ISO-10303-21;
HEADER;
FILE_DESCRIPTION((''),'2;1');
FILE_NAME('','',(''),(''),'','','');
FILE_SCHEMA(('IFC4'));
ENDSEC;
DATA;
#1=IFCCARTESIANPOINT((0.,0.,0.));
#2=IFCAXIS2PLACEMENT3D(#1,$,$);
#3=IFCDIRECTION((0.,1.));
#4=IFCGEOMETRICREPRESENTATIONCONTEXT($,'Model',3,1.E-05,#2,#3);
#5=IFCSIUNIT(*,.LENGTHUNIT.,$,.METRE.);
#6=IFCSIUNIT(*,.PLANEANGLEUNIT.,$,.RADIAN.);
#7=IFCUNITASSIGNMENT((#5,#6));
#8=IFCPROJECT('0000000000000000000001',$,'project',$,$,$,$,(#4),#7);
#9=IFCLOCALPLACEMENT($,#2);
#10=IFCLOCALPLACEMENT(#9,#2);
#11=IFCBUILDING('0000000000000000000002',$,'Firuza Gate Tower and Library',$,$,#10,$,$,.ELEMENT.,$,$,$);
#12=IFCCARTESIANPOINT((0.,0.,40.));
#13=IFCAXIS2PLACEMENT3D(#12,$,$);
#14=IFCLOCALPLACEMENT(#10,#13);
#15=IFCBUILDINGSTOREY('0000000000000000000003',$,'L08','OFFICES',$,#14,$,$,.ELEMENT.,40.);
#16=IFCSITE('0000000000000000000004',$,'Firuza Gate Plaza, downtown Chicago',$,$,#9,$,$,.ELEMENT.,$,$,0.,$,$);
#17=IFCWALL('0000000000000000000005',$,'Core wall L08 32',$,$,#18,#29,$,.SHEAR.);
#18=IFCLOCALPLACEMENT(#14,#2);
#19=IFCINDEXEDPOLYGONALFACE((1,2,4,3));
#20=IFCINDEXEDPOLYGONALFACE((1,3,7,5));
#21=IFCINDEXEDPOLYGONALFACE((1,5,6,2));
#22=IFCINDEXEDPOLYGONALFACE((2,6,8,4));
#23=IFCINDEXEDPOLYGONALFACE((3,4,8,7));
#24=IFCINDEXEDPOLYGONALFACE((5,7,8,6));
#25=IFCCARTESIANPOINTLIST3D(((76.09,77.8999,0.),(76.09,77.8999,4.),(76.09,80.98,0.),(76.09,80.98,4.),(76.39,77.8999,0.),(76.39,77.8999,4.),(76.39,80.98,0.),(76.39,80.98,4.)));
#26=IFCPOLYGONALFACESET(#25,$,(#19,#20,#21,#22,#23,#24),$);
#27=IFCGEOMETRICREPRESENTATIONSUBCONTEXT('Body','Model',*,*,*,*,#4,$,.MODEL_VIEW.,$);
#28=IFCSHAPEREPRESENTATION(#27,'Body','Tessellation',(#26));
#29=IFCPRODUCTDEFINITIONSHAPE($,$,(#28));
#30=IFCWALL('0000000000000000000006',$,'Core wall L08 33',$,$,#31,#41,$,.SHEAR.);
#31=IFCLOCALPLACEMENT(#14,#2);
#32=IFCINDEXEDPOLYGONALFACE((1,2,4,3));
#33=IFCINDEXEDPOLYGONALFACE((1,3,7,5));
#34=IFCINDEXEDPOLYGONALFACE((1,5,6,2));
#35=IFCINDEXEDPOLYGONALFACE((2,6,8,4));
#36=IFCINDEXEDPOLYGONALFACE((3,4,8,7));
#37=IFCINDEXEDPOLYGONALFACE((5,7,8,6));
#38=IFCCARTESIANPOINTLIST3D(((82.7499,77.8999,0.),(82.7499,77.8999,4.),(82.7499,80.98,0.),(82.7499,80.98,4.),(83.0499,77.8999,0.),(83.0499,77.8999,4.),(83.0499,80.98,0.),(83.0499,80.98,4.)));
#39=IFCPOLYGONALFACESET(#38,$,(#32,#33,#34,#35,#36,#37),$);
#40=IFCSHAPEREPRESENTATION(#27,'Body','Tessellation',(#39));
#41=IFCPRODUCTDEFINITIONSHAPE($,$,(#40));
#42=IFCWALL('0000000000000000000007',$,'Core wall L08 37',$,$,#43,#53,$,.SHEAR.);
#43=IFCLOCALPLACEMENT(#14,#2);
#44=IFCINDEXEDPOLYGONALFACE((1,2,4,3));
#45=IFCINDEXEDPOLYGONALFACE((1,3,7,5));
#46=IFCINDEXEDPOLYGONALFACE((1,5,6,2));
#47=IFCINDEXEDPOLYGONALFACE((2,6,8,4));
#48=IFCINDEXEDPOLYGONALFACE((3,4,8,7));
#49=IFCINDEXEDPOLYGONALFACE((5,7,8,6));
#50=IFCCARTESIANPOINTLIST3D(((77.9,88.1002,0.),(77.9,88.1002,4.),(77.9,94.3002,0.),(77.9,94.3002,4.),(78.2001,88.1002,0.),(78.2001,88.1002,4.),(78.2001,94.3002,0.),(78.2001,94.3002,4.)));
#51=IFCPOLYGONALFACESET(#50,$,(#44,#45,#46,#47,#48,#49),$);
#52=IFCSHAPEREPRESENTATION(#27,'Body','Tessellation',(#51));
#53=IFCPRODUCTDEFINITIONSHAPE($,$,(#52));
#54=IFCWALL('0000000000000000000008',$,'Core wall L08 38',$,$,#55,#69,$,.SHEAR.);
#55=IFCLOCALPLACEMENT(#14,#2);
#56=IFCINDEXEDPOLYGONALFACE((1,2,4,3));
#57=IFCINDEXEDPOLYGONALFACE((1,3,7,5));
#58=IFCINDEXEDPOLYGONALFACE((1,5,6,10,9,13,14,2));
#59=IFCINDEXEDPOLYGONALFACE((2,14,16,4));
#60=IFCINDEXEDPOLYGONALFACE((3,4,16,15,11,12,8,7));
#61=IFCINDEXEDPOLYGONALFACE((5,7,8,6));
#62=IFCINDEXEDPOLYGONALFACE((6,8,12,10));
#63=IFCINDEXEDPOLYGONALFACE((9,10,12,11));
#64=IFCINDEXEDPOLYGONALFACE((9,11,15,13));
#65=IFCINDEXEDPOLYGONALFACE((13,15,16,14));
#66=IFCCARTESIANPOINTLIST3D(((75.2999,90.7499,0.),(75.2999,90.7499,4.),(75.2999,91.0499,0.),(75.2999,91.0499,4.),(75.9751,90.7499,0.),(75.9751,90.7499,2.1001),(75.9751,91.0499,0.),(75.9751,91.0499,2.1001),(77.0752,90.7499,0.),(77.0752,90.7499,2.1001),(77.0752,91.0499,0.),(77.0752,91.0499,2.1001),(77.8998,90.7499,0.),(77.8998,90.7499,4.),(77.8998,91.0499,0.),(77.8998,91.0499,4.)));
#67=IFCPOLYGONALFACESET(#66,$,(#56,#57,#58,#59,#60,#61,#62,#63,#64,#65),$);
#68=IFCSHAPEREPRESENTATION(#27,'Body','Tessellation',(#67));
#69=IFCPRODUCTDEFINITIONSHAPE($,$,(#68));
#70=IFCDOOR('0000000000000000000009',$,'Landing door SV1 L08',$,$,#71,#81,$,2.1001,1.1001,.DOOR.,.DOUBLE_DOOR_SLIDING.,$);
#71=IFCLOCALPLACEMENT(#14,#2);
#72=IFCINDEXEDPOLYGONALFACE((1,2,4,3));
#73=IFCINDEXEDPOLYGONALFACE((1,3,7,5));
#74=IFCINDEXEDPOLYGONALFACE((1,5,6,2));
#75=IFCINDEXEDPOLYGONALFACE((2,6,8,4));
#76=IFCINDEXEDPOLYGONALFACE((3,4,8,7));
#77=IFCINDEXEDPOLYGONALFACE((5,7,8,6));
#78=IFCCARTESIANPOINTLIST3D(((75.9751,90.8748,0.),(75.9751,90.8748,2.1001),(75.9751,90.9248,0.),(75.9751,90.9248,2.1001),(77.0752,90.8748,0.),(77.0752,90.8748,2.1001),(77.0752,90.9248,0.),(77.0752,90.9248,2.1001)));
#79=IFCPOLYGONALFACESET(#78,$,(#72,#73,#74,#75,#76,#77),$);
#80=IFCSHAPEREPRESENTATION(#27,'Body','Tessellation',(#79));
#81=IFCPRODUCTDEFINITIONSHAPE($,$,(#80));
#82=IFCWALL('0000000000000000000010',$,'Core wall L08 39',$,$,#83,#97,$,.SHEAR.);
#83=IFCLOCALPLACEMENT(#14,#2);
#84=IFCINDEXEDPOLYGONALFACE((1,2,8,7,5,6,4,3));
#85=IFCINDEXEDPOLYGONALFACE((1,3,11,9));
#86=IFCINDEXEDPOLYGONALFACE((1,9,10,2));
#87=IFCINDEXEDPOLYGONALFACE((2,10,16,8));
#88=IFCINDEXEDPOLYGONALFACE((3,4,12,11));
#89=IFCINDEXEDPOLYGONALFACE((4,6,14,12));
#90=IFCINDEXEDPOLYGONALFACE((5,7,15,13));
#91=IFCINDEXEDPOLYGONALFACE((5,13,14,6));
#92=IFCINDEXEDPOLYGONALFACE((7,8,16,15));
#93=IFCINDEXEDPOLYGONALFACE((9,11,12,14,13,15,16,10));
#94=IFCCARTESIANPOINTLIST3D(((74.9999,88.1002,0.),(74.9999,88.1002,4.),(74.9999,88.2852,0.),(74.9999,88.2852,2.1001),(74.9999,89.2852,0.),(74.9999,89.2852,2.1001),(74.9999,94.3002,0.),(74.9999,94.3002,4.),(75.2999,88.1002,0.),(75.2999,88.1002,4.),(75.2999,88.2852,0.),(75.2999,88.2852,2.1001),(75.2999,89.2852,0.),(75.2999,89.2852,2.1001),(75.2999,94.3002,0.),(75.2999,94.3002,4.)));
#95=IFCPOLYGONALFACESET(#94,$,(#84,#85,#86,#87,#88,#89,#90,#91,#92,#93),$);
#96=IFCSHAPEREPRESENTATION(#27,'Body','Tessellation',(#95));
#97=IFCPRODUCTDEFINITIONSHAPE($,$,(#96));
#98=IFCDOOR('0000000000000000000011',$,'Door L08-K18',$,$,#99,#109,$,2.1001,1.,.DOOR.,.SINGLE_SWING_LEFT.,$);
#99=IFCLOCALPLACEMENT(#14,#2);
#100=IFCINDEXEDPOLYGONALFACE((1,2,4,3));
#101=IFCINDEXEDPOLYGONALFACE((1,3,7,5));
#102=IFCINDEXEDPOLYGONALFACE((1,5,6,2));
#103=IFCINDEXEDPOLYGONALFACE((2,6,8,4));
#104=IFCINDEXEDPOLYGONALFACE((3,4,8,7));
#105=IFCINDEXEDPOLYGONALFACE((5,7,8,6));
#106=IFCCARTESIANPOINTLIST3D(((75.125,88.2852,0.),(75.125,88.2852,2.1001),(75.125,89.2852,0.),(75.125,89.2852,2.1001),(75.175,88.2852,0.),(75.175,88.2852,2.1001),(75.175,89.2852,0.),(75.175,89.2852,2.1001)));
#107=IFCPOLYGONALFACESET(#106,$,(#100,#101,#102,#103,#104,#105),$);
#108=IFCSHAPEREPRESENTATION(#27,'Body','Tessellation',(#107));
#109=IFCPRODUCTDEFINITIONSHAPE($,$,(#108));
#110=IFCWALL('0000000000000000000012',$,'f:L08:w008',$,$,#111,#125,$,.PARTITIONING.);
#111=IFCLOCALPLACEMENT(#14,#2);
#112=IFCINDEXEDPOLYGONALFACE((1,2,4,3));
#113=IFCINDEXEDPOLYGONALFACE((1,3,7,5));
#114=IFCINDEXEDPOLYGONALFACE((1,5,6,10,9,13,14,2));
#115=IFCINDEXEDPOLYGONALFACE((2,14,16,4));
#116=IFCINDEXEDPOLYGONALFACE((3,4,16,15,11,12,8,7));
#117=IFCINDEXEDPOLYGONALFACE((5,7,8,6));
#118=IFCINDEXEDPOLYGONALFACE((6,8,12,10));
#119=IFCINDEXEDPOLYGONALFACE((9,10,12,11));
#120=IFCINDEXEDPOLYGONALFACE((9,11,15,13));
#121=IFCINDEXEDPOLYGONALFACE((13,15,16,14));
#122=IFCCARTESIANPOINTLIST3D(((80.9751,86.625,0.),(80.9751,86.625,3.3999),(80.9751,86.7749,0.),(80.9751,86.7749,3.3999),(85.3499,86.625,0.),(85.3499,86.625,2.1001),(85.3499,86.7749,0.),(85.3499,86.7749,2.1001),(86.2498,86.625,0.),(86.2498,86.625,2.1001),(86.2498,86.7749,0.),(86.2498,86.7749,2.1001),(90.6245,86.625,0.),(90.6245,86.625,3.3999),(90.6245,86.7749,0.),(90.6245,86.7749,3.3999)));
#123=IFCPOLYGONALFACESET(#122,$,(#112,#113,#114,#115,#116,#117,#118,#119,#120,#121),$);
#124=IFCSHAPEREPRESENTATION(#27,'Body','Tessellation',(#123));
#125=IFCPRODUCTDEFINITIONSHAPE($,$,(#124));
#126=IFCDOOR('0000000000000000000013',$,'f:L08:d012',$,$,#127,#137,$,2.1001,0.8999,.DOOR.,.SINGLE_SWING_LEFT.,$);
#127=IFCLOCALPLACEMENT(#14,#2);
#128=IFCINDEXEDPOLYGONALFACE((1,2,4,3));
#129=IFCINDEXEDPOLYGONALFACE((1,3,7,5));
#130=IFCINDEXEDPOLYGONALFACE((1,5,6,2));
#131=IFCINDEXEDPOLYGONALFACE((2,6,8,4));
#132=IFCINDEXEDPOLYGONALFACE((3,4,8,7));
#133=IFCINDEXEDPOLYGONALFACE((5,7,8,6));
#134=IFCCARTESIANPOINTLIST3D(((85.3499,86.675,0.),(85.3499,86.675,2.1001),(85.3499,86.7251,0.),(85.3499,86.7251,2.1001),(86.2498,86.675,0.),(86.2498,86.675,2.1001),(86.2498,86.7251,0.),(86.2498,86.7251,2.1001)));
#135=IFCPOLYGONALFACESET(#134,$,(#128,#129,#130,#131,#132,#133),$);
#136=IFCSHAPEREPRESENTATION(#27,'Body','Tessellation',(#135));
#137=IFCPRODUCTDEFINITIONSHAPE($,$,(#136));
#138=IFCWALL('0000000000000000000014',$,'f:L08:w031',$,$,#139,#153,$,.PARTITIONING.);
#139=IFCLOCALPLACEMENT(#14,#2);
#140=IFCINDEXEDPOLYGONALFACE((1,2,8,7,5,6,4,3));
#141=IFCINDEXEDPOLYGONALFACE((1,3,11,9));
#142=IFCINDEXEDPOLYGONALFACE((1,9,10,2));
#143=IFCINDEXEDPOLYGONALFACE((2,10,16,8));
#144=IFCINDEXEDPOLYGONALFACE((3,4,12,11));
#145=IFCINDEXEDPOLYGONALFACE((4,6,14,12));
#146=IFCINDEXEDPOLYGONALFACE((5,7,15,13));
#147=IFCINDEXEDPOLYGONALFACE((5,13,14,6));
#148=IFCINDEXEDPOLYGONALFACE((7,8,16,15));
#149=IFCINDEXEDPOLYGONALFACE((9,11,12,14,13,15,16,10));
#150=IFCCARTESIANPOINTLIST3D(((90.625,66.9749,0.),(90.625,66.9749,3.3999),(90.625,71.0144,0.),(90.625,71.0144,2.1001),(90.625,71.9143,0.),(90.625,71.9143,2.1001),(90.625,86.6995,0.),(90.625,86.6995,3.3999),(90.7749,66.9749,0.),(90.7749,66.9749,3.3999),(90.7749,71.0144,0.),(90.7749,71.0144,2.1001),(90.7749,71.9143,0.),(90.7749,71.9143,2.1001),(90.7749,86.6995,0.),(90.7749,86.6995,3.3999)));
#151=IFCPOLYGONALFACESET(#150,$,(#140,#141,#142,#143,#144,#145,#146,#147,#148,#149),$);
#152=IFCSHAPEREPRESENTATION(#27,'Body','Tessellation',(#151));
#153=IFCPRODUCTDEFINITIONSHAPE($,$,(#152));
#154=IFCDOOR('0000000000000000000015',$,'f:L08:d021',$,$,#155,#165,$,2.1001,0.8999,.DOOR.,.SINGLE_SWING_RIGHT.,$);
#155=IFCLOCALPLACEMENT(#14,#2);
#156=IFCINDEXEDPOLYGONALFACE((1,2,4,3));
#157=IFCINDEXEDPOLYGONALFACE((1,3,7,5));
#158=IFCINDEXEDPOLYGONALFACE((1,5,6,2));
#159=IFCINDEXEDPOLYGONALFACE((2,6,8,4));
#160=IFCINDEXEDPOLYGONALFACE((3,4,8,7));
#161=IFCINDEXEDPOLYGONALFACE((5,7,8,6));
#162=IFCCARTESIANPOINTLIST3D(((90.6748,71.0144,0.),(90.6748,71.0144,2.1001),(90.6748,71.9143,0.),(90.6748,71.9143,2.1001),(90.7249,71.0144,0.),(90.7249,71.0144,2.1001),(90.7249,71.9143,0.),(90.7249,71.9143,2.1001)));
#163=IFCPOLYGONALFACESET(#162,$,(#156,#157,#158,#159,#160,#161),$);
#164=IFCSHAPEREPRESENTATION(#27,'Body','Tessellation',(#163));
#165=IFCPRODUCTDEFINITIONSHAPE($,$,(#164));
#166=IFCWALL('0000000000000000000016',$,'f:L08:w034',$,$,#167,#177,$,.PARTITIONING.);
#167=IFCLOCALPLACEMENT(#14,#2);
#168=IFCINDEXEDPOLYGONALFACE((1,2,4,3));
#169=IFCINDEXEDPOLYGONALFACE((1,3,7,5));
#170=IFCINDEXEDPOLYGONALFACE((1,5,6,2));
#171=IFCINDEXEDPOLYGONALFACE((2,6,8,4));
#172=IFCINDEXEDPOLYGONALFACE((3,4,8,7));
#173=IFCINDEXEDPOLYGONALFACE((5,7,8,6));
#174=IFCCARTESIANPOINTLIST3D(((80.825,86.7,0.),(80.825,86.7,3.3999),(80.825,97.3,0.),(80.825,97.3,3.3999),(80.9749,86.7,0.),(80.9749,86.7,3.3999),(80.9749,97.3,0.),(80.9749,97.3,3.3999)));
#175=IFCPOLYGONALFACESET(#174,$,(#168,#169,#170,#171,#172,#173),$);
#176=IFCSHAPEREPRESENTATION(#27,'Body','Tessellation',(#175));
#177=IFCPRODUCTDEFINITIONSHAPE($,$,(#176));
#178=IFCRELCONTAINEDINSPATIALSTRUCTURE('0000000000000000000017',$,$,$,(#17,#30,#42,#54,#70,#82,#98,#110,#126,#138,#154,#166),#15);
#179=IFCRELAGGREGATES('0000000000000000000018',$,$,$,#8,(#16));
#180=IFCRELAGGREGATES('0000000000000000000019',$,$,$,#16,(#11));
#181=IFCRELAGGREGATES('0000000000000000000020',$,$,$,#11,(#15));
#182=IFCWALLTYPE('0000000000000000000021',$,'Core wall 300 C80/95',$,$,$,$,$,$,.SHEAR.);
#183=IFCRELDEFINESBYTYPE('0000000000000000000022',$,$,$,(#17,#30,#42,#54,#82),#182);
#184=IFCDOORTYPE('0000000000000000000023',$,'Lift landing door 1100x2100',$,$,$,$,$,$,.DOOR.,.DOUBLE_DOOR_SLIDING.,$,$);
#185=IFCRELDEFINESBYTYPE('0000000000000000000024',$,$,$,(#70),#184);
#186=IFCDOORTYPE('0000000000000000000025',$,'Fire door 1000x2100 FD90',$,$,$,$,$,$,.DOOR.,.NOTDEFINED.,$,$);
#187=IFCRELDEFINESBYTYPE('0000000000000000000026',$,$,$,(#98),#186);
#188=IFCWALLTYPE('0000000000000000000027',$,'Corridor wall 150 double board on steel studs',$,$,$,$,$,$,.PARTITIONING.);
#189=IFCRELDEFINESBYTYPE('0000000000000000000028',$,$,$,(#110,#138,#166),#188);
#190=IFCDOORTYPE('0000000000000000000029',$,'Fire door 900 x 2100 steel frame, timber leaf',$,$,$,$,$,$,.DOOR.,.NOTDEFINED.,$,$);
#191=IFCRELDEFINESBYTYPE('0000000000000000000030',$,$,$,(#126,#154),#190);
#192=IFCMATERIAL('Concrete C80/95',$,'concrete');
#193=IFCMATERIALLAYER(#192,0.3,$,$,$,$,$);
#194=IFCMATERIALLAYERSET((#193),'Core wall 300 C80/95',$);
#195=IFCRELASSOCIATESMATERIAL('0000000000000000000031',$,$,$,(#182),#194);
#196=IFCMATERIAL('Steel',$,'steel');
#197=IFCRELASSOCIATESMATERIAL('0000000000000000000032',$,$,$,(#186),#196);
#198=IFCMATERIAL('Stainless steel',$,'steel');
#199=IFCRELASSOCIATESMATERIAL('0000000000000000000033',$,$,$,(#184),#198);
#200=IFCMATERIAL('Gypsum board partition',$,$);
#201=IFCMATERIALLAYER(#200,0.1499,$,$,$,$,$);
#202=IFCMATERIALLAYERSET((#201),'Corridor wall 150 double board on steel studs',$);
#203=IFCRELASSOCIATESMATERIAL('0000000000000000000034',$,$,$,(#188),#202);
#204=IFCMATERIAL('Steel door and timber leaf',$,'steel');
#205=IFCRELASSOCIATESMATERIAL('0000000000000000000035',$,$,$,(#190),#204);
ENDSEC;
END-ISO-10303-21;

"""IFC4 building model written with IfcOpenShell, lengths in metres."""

from ifc_helpers import new_model, si_unit, direction, frame, frame_2d, origin, place, context, subcontext, project, spatial, rectangle, extrude, material, layer, layer_set, type_object, element, fill, save


model = new_model("IFC4")

# Units and contexts
model_context = context("Model", 3, precision=1e-05, world=origin(), true_north=direction((0.0, 1.0)))
body_context = subcontext(model_context, "Body", "Model", "MODEL_VIEW")
ifc_project = project(units=[si_unit("LENGTHUNIT", "METRE"), si_unit("PLANEANGLEUNIT", "RADIAN")], contexts=[model_context])

# Site, building, storey
site_placement = place(None, origin())
site = spatial("IfcSite", under=ifc_project, at=site_placement, Name="Firuza Gate Plaza, downtown Chicago", CompositionType="ELEMENT", RefElevation=0.0)
building_placement = place(site_placement, origin())
building = spatial("IfcBuilding", under=site, at=building_placement, Name="Firuza Gate Tower and Library", CompositionType="ELEMENT")
storey_placement = place(building_placement, frame((0.0, 0.0, 40.0)))
storey = spatial("IfcBuildingStorey", under=building, at=storey_placement, Name="L08", Description="OFFICES", CompositionType="ELEMENT", Elevation=40.0)

# Shared definitions
ifc_material_1 = material(Name="Concrete C80/95", Category="concrete")
ifc_layer_1 = layer(ifc_material_1, 0.3)
ifc_layer_set_1 = layer_set([ifc_layer_1], Name="Core wall 300 C80/95")
wall_type_1 = type_object("IfcWallType", Name="Core wall 300 C80/95", PredefinedType="SHEAR", material=ifc_layer_set_1)

# Shared definitions
ifc_material_2 = material(Name="Steel", Category="steel")
door_type_1 = type_object("IfcDoorType", Name="Fire door 1000x2100 FD90", OperationType="NOTDEFINED", PredefinedType="DOOR", material=ifc_material_2)

# Walls
for number, where, z_axis, x_axis, name in (
    (1, (76.24, 77.8999, 0.0), (0.0, 0.0, 1.0), (0.0, 1.0, 0.0), "Core wall L08 32"),
    (2, (82.8999, 77.8999, 0.0), (0.0, 0.0, 1.0), (0.0, 1.0, 0.0), "Core wall L08 33"),
):
    element("IfcWall", number, at=place(storey_placement, frame(where, z_axis=z_axis, x_axis=x_axis)), inside=storey, type_object=wall_type_1, Name=name, PredefinedType="SHEAR", context=body_context, shape_type="SweptSolid", body=[
        extrude(rectangle(XDim=3.0801, YDim=0.3, at=frame_2d((1.54, 0.0))), origin(), (0.0, 0.0, 1.0), 4.0),
    ])
wall_1_placement = place(storey_placement, frame((78.05, 88.1001, 0.0), z_axis=(0.0, 0.0, 1.0), x_axis=(0.0, 1.0, 0.0)))
element("IfcWall", 3, at=wall_1_placement, inside=storey, type_object=wall_type_1, Name="Core wall L08 37", PredefinedType="SHEAR", context=body_context, shape_type="SweptSolid", body=[
    extrude(rectangle(XDim=6.2, YDim=0.3, at=frame_2d((3.1001, 0.0))), origin(), (0.0, 0.0, 1.0), 4.0),
])

# Walls, openings, doors
wall_2_placement = place(storey_placement, frame((75.3, 90.8999, 0.0), z_axis=(0.0, 0.0, 1.0), x_axis=(1.0, 0.0, 0.0)))
wall_2 = element("IfcWall", 4, at=wall_2_placement, inside=storey, type_object=wall_type_1, Name="Core wall L08 38", PredefinedType="SHEAR", context=body_context, shape_type="SweptSolid", body=[
    extrude(rectangle(XDim=2.5999, YDim=0.3, at=frame_2d((1.2998, 0.0))), origin(), (0.0, 0.0, 1.0), 4.0),
])
opening_1_placement = place(wall_2_placement, frame((0.675, 0.0, 0.0)))
opening_1 = element("IfcOpeningElement", 5, at=opening_1_placement, cuts=wall_2, PredefinedType="OPENING", context=body_context, shape_type="SweptSolid", body=[
    extrude(rectangle(XDim=1.1001, YDim=2.1001, at=frame_2d((0.55, 1.05))), frame((0.0, 0.1602, 0.0), z_axis=(0.0, -1.0, 0.0), x_axis=(1.0, 0.0, 0.0)), (0.0, 0.0, 1.0), 0.3201),
])
ifc_material_3 = material(Name="Stainless steel", Category="steel")
door_type_2 = type_object("IfcDoorType", Name="Lift landing door 1100x2100", OperationType="DOUBLE_DOOR_SLIDING", PredefinedType="DOOR", material=ifc_material_3)
door_1_placement = place(opening_1_placement, origin())
door_1 = element("IfcDoor", 6, at=door_1_placement, inside=storey, type_object=door_type_2, Name="Landing door SV1 L08", OperationType="DOUBLE_DOOR_SLIDING", OverallHeight=2.1001, OverallWidth=1.1001, PredefinedType="DOOR", context=body_context, shape_type="SweptSolid", body=[
    extrude(rectangle(XDim=1.1001, YDim=2.1001, at=frame_2d((0.55, 1.05))), frame((0.0, 0.0249, 0.0), z_axis=(0.0, -1.0, 0.0), x_axis=(1.0, 0.0, 0.0)), (0.0, 0.0, 1.0), 0.05),
])
fill(opening_1, door_1)
wall_3_placement = place(storey_placement, frame((75.1499, 88.1001, 0.0), z_axis=(0.0, 0.0, 1.0), x_axis=(0.0, 1.0, 0.0)))
wall_3 = element("IfcWall", 7, at=wall_3_placement, inside=storey, type_object=wall_type_1, Name="Core wall L08 39", PredefinedType="SHEAR", context=body_context, shape_type="SweptSolid", body=[
    extrude(rectangle(XDim=6.2, YDim=0.3, at=frame_2d((3.1001, 0.0))), origin(), (0.0, 0.0, 1.0), 4.0),
])
opening_2_placement = place(wall_3_placement, frame((0.1851, 0.0, 0.0)))
opening_2 = element("IfcOpeningElement", 8, at=opening_2_placement, cuts=wall_3, PredefinedType="OPENING", context=body_context, shape_type="SweptSolid", body=[
    extrude(rectangle(XDim=1.0, YDim=2.1001, at=frame_2d((0.5, 1.05))), frame((0.0, 0.1602, 0.0), z_axis=(0.0, -1.0, 0.0), x_axis=(1.0, 0.0, 0.0)), (0.0, 0.0, 1.0), 0.3201),
])
door_2_placement = place(opening_2_placement, origin())
door_2 = element("IfcDoor", 9, at=door_2_placement, inside=storey, type_object=door_type_1, Name="Door L08-K18", OperationType="SINGLE_SWING_LEFT", OverallHeight=2.1001, OverallWidth=1.0, PredefinedType="DOOR", context=body_context, shape_type="SweptSolid", body=[
    extrude(rectangle(XDim=1.0, YDim=2.1001, at=frame_2d((0.5, 1.05))), frame((0.0, 0.0249, 0.0), z_axis=(0.0, -1.0, 0.0), x_axis=(1.0, 0.0, 0.0)), (0.0, 0.0, 1.0), 0.05),
])
fill(opening_2, door_2)
ifc_material_4 = material(Name="Gypsum board partition")
ifc_layer_2 = layer(ifc_material_4, 0.1499)
ifc_layer_set_2 = layer_set([ifc_layer_2], Name="Corridor wall 150 double board on steel studs")
wall_type_2 = type_object("IfcWallType", Name="Corridor wall 150 double board on steel studs", PredefinedType="PARTITIONING", material=ifc_layer_set_2)
wall_4_placement = place(storey_placement, frame((90.6245, 86.7, 0.0), z_axis=(0.0, 0.0, 1.0), x_axis=(-1.0, 0.0, 0.0)))
wall_4 = element("IfcWall", 10, at=wall_4_placement, inside=storey, type_object=wall_type_2, Name="f:L08:w008", PredefinedType="PARTITIONING", context=body_context, shape_type="SweptSolid", body=[
    extrude(rectangle(XDim=9.6494, YDim=0.1499, at=frame_2d((4.8247, 0.0))), origin(), (0.0, 0.0, 1.0), 3.3999),
])
opening_3_placement = place(wall_4_placement, frame((4.3748, 0.0, 0.0)))
opening_3 = element("IfcOpeningElement", 11, at=opening_3_placement, cuts=wall_4, PredefinedType="OPENING", context=body_context, shape_type="SweptSolid", body=[
    extrude(rectangle(XDim=0.8999, YDim=2.1001, at=frame_2d((0.45, 1.05))), frame((0.0, 0.085, 0.0), z_axis=(0.0, -1.0, 0.0), x_axis=(1.0, 0.0, 0.0)), (0.0, 0.0, 1.0), 0.1699),
])
ifc_material_5 = material(Name="Steel door and timber leaf", Category="steel")
door_type_3 = type_object("IfcDoorType", Name="Fire door 900 x 2100 steel frame, timber leaf", OperationType="NOTDEFINED", PredefinedType="DOOR", material=ifc_material_5)
door_3_placement = place(opening_3_placement, origin())
door_3 = element("IfcDoor", 12, at=door_3_placement, inside=storey, type_object=door_type_3, Name="f:L08:d012", OperationType="SINGLE_SWING_LEFT", OverallHeight=2.1001, OverallWidth=0.8999, PredefinedType="DOOR", context=body_context, shape_type="SweptSolid", body=[
    extrude(rectangle(XDim=0.8999, YDim=2.1001, at=frame_2d((0.45, 1.05))), frame((0.0, 0.0249, 0.0), z_axis=(0.0, -1.0, 0.0), x_axis=(1.0, 0.0, 0.0)), (0.0, 0.0, 1.0), 0.05),
])
fill(opening_3, door_3)
wall_5_placement = place(storey_placement, frame((90.7, 86.6995, 0.0), z_axis=(0.0, 0.0, 1.0), x_axis=(0.0, -1.0, 0.0)))
wall_5 = element("IfcWall", 13, at=wall_5_placement, inside=storey, type_object=wall_type_2, Name="f:L08:w031", PredefinedType="PARTITIONING", context=body_context, shape_type="SweptSolid", body=[
    extrude(rectangle(XDim=19.7246, YDim=0.1499, at=frame_2d((9.8623, 0.0))), origin(), (0.0, 0.0, 1.0), 3.3999),
])
opening_4_placement = place(wall_5_placement, frame((14.7852, 0.0, 0.0)))
opening_4 = element("IfcOpeningElement", 14, at=opening_4_placement, cuts=wall_5, PredefinedType="OPENING", context=body_context, shape_type="SweptSolid", body=[
    extrude(rectangle(XDim=0.8999, YDim=2.1001, at=frame_2d((0.45, 1.05))), frame((0.0, 0.085, 0.0), z_axis=(0.0, -1.0, 0.0), x_axis=(1.0, 0.0, 0.0)), (0.0, 0.0, 1.0), 0.1699),
])
door_4_placement = place(opening_4_placement, origin())
door_4 = element("IfcDoor", 15, at=door_4_placement, inside=storey, type_object=door_type_3, Name="f:L08:d021", OperationType="SINGLE_SWING_RIGHT", OverallHeight=2.1001, OverallWidth=0.8999, PredefinedType="DOOR", context=body_context, shape_type="SweptSolid", body=[
    extrude(rectangle(XDim=0.8999, YDim=2.1001, at=frame_2d((0.45, 1.05))), frame((0.0, 0.0249, 0.0), z_axis=(0.0, -1.0, 0.0), x_axis=(1.0, 0.0, 0.0)), (0.0, 0.0, 1.0), 0.05),
])
fill(opening_4, door_4)

# Wall
wall_6_placement = place(storey_placement, frame((80.8999, 86.7, 0.0), z_axis=(0.0, 0.0, 1.0), x_axis=(0.0, 1.0, 0.0)))
element("IfcWall", 16, at=wall_6_placement, inside=storey, type_object=wall_type_2, Name="f:L08:w034", PredefinedType="PARTITIONING", context=body_context, shape_type="SweptSolid", body=[
    extrude(rectangle(XDim=10.6001, YDim=0.1499, at=frame_2d((5.3, 0.0))), origin(), (0.0, 0.0, 1.0), 3.3999),
])

save(model, "model.ifc")
